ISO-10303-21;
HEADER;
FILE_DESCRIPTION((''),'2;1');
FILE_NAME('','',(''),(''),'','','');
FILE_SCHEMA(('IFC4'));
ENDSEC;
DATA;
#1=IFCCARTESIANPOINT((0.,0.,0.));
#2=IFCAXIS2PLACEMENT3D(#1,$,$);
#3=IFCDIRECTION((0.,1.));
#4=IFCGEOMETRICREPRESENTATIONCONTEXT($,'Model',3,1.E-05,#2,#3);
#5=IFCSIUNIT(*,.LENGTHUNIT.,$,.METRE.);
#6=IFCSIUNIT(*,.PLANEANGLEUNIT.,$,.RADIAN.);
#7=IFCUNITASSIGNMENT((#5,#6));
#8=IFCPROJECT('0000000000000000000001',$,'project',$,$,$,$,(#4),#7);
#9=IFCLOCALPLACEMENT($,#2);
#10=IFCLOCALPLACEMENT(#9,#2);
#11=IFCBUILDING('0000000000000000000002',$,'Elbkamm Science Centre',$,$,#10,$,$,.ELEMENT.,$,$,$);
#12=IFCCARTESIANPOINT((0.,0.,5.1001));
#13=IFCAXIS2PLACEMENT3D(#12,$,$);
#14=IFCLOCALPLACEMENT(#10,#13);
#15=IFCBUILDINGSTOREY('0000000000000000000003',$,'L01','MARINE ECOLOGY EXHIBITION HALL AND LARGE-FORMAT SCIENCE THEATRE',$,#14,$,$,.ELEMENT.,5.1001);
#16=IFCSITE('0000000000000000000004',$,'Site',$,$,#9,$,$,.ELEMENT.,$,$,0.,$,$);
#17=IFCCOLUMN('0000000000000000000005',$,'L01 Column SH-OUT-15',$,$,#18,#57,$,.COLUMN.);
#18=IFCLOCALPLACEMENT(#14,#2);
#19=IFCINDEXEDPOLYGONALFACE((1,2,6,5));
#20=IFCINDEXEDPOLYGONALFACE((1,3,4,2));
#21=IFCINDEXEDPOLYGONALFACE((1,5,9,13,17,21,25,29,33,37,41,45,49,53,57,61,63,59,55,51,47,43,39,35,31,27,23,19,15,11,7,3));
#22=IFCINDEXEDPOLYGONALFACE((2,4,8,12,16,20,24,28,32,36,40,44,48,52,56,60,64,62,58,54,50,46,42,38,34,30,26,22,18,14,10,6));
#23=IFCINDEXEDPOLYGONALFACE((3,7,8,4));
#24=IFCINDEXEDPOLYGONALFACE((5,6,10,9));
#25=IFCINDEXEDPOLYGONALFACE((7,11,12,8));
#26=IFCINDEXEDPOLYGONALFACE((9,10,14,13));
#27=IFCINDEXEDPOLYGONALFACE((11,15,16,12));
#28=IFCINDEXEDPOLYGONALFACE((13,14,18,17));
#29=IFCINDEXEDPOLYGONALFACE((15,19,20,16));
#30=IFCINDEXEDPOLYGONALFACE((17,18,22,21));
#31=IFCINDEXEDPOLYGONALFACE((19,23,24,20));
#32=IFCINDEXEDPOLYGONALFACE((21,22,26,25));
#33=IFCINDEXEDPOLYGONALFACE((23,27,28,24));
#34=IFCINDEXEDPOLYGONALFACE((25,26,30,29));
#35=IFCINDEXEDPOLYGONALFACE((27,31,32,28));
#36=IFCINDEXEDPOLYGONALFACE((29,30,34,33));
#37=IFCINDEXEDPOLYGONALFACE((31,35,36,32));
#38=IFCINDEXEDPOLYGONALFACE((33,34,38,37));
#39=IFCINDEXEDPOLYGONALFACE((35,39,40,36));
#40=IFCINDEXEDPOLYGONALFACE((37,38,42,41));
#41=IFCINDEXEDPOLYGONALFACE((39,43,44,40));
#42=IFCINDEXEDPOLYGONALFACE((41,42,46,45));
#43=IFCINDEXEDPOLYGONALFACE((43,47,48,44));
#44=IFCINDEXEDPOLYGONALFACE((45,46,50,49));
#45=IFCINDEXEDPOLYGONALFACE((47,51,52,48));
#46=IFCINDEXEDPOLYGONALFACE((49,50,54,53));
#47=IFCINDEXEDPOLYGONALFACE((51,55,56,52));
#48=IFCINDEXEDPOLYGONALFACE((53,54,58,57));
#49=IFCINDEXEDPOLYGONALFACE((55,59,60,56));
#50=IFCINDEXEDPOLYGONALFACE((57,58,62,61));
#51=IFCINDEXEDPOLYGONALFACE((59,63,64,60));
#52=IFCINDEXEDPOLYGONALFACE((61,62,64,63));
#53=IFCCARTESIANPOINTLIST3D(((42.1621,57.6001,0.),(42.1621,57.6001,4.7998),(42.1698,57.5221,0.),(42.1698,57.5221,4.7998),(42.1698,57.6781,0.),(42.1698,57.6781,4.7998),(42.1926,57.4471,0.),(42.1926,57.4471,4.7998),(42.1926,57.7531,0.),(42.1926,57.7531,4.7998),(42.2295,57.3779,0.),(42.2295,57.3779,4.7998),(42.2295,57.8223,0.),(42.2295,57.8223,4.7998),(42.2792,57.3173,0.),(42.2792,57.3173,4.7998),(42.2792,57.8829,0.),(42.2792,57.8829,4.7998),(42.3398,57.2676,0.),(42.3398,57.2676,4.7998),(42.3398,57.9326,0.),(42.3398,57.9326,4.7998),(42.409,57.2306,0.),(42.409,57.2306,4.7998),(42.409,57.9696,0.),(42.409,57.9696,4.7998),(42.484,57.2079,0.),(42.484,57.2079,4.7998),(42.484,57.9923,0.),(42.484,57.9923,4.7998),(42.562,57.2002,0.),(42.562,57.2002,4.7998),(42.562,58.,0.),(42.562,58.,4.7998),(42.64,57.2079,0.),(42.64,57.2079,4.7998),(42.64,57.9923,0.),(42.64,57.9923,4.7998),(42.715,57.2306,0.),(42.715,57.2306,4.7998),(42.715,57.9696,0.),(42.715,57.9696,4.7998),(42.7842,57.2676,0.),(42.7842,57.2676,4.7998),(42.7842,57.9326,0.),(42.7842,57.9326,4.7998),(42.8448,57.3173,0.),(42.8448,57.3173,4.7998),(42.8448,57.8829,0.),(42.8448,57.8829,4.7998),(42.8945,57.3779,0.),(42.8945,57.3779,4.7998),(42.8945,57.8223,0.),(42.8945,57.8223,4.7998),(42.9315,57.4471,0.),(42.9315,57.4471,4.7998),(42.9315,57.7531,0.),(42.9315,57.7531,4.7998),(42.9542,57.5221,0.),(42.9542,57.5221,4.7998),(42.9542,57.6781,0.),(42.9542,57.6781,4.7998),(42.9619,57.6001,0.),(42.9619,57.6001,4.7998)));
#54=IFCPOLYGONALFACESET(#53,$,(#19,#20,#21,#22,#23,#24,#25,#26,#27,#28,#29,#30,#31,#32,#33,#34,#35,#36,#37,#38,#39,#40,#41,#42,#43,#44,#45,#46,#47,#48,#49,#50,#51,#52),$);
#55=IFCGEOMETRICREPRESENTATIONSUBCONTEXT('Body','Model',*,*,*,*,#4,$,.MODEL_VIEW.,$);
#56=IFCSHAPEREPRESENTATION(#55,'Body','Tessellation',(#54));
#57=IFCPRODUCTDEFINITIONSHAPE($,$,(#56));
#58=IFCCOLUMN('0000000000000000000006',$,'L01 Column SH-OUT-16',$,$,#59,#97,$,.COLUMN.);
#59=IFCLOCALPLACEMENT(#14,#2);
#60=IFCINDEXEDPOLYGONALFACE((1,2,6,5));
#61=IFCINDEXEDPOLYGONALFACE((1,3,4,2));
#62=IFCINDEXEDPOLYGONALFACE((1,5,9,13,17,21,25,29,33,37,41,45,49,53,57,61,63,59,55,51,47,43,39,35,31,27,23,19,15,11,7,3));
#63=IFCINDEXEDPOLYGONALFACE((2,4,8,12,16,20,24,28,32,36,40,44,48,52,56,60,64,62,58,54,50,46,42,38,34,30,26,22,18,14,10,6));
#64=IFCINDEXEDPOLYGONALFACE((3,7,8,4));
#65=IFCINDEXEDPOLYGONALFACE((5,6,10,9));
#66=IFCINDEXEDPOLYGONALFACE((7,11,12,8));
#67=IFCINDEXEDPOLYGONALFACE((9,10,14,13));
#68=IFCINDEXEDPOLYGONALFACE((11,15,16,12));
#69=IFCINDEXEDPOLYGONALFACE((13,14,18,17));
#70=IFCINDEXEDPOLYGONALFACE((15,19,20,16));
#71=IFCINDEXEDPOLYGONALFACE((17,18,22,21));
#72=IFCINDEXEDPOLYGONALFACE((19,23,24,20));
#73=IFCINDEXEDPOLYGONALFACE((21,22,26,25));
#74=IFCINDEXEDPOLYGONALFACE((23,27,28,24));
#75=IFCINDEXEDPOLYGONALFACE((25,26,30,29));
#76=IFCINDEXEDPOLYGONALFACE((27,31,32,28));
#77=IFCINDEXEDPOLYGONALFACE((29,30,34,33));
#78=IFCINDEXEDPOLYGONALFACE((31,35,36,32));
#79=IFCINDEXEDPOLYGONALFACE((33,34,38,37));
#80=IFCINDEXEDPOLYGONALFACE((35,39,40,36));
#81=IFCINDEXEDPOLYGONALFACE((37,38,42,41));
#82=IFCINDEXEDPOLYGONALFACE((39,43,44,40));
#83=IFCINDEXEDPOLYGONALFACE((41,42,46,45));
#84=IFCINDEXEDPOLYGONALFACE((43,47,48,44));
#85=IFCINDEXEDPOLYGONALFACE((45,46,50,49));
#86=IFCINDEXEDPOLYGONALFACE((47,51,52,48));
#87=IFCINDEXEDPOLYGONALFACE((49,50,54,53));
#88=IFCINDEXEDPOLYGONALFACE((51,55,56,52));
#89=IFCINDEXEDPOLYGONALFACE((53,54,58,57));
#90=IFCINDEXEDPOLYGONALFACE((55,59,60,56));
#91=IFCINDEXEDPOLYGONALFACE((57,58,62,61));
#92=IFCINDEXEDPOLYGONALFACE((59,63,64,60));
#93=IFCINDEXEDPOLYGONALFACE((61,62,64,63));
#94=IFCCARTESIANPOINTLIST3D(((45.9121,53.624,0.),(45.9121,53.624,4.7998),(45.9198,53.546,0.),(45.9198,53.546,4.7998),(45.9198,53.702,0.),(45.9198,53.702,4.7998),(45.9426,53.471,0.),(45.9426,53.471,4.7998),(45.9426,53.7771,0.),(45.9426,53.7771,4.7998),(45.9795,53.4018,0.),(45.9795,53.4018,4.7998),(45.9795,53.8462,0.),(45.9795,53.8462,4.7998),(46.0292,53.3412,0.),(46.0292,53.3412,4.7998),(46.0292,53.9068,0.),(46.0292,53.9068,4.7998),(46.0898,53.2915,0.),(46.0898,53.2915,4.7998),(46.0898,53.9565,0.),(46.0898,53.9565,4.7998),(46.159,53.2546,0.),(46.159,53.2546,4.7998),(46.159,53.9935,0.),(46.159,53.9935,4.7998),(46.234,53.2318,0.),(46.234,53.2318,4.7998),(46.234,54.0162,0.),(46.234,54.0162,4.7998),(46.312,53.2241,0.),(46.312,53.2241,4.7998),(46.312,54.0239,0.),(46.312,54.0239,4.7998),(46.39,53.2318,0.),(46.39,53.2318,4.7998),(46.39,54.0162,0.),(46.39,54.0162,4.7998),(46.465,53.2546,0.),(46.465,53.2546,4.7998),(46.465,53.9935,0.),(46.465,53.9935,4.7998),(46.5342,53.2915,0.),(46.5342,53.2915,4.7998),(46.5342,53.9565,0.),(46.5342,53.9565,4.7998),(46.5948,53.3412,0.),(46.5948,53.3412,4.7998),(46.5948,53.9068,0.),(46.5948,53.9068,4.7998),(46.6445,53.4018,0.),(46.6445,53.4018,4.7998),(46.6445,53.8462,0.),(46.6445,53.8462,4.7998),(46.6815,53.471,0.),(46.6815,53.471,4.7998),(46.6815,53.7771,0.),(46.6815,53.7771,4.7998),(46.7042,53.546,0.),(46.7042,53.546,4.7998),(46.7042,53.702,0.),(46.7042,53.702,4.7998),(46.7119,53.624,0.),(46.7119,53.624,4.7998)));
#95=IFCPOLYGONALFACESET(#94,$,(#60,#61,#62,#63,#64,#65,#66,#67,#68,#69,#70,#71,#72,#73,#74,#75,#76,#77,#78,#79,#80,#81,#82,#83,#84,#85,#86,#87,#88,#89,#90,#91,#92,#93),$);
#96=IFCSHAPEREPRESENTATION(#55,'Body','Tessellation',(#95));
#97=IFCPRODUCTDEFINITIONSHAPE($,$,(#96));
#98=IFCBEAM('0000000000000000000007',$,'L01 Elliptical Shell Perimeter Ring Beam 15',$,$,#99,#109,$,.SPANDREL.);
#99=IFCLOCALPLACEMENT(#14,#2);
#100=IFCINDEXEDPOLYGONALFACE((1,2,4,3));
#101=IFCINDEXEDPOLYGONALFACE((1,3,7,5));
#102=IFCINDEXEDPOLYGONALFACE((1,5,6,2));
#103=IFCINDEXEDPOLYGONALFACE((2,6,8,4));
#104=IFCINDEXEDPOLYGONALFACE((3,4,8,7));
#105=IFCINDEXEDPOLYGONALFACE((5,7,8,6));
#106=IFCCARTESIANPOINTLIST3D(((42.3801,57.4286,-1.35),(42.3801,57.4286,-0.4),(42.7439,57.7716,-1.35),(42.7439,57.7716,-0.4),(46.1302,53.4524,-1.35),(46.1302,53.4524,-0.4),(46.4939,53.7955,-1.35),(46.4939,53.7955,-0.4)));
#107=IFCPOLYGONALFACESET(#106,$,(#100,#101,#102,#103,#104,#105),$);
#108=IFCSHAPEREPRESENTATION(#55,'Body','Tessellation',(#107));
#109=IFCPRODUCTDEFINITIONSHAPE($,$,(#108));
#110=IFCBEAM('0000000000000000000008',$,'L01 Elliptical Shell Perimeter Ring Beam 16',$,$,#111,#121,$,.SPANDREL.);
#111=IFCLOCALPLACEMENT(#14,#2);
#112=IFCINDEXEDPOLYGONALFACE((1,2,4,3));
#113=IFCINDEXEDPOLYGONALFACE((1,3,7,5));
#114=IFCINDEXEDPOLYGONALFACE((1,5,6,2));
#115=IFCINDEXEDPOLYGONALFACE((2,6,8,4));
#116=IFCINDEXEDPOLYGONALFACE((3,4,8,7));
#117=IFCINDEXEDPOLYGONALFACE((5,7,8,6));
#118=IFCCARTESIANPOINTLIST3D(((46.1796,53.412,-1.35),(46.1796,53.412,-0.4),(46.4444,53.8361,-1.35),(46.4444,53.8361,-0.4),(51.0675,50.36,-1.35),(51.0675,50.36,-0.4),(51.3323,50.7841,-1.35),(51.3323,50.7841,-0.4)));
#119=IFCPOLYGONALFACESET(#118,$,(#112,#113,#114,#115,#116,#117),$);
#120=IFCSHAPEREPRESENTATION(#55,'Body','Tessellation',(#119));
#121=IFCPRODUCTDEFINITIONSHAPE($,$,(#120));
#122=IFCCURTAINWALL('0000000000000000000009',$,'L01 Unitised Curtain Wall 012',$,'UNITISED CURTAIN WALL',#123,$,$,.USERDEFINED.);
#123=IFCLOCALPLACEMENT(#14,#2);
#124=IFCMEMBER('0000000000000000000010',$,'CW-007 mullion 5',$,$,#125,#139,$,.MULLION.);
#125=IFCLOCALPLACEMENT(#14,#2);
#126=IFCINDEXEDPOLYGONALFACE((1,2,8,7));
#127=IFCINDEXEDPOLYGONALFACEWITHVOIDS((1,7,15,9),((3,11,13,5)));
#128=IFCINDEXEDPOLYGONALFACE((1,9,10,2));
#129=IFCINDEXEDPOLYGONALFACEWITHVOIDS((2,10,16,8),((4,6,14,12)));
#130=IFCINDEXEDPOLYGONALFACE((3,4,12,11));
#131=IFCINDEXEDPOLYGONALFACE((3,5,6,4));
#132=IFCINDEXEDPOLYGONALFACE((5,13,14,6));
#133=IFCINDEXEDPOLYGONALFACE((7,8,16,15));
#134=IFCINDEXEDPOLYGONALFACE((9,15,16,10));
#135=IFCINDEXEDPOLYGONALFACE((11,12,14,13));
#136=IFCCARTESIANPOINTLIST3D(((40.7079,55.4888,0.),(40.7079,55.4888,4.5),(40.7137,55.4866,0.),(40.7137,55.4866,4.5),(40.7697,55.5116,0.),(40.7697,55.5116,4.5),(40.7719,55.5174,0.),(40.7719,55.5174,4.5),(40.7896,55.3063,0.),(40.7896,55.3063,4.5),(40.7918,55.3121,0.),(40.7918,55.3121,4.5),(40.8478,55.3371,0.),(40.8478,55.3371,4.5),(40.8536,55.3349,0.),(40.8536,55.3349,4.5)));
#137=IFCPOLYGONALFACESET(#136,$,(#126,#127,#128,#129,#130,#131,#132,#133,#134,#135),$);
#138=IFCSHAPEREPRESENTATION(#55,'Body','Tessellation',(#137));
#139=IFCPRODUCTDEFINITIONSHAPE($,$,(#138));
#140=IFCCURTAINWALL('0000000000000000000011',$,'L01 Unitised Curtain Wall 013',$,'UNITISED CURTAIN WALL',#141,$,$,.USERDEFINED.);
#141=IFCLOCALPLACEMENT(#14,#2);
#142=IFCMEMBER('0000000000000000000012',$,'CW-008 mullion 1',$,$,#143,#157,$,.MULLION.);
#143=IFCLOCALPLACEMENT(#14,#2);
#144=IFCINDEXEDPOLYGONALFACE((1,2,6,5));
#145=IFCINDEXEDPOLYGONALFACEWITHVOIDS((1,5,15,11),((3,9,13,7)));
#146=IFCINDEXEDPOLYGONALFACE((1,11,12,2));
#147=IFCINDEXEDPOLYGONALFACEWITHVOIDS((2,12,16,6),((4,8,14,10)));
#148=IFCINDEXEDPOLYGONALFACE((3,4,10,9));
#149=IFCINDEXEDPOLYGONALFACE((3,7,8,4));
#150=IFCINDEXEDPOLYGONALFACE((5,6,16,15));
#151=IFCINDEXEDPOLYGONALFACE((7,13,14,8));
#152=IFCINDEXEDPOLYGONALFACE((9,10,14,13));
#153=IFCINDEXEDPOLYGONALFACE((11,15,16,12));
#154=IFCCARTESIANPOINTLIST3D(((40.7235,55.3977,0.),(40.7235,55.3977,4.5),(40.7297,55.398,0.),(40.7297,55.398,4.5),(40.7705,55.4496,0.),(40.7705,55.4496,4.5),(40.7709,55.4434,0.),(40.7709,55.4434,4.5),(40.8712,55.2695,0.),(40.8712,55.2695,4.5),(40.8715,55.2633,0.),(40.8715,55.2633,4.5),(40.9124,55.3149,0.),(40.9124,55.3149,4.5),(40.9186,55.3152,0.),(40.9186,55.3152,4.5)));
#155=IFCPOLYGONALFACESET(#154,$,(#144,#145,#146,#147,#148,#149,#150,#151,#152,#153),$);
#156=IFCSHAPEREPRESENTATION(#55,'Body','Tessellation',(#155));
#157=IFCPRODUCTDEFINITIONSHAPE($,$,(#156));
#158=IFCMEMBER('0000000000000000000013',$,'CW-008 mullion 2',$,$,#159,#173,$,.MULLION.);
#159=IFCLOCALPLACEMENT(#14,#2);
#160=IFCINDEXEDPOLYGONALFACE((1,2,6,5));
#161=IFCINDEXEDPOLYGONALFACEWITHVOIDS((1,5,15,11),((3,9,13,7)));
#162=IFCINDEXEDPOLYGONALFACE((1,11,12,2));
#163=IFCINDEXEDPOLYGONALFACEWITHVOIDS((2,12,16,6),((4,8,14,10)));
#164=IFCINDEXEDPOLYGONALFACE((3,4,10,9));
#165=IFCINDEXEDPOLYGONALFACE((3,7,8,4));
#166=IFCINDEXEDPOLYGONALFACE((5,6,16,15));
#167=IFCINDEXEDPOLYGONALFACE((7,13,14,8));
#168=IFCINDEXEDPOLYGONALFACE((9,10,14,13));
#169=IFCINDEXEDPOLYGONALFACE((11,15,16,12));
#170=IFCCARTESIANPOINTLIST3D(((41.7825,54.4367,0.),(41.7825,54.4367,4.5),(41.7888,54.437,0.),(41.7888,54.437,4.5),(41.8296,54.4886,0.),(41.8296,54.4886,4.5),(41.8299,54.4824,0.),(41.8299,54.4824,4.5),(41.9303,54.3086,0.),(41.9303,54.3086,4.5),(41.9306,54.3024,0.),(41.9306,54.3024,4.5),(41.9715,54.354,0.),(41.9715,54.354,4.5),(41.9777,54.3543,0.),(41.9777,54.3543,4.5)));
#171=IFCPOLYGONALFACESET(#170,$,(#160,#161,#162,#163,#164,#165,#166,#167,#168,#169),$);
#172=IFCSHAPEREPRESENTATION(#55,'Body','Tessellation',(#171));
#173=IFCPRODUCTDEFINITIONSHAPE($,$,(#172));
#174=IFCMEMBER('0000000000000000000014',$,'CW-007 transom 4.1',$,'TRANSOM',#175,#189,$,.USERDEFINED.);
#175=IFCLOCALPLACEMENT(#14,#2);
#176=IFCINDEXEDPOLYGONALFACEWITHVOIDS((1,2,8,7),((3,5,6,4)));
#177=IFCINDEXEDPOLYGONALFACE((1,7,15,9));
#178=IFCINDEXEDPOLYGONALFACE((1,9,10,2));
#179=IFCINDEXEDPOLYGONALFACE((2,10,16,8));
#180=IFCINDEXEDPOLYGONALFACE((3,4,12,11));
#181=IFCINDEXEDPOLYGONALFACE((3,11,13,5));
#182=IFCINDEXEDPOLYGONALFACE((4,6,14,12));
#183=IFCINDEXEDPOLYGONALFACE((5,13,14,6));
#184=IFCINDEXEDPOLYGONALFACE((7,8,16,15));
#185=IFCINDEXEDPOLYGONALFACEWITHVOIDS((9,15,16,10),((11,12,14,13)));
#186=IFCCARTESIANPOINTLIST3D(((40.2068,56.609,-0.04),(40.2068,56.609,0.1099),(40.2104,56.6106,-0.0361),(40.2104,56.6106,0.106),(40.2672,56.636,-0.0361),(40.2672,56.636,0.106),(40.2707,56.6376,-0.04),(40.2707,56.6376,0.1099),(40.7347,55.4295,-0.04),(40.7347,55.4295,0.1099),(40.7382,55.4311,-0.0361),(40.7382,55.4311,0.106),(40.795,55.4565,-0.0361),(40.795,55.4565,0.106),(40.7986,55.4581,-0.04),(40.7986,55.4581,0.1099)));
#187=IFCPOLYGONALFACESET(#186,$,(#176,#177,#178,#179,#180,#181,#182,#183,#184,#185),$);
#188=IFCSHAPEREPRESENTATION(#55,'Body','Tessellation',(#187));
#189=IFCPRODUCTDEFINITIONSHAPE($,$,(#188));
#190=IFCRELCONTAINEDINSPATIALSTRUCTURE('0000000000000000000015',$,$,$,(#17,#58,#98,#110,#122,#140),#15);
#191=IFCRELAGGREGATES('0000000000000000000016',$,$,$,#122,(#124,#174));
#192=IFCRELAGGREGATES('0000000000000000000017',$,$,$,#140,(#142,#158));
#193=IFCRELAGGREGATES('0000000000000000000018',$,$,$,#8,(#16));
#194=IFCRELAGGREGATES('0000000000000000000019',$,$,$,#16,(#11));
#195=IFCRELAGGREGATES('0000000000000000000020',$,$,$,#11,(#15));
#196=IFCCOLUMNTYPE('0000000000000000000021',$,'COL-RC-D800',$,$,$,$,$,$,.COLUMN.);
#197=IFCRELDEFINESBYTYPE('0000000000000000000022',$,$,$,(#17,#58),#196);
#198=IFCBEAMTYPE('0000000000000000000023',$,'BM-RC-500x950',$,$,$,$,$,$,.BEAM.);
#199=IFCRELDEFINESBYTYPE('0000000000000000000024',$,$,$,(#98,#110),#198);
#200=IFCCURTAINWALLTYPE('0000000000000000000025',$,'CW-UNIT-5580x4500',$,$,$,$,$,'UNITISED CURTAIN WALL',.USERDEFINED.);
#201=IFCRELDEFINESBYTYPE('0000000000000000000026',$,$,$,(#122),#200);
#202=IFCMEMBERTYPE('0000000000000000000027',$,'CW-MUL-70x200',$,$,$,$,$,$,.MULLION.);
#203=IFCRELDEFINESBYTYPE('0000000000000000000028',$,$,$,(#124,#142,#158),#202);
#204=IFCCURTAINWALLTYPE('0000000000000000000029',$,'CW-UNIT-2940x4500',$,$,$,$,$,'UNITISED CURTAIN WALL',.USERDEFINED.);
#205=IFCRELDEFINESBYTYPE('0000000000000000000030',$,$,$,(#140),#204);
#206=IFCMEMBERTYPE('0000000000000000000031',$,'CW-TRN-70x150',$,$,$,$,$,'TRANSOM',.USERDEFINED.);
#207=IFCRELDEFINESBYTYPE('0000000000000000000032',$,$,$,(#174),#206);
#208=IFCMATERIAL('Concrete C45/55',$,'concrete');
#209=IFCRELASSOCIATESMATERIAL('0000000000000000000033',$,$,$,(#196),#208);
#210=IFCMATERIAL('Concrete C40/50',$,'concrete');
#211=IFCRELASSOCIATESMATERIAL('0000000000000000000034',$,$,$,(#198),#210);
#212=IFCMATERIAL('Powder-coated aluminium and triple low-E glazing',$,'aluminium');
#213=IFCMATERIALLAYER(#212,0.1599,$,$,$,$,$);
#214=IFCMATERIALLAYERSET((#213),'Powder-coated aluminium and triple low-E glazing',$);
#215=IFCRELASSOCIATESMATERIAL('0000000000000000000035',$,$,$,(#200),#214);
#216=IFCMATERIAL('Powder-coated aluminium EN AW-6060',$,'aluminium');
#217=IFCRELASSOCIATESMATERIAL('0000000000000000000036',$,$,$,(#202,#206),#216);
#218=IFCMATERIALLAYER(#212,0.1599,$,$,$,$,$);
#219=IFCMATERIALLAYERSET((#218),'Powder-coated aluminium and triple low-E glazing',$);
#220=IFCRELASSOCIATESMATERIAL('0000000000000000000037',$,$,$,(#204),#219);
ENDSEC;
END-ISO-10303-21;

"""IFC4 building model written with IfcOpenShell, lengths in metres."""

from ifc_helpers import new_model, si_unit, direction, frame, origin, origin_2d, place, context, subcontext, project, spatial, rectangle, hollow_rectangle, circle, extrude, material, layer, layer_set, material_profile, profile_set, type_object, element, aggregate, save


model = new_model("IFC4")

# Units and contexts
model_context = context("Model", 3, precision=1e-05, world=origin(), true_north=direction((0.0, 1.0)))
body_context = subcontext(model_context, "Body", "Model", "MODEL_VIEW")
ifc_project = project(units=[si_unit("LENGTHUNIT", "METRE"), si_unit("PLANEANGLEUNIT", "RADIAN")], contexts=[model_context])

# Site, building, storey
site_placement = place(None, origin())
site = spatial("IfcSite", under=ifc_project, at=site_placement, Name="Site", CompositionType="ELEMENT", RefElevation=0.0)
building_placement = place(site_placement, origin())
building = spatial("IfcBuilding", under=site, at=building_placement, Name="Elbkamm Science Centre", CompositionType="ELEMENT")
storey_placement = place(building_placement, frame((0.0, 0.0, 5.1001)))
storey = spatial("IfcBuildingStorey", under=building, at=storey_placement, Name="L01", Description="MARINE ECOLOGY EXHIBITION HALL AND LARGE-FORMAT SCIENCE THEATRE", CompositionType="ELEMENT", Elevation=5.1001)

# Columns
ifc_material_1 = material(Name="Concrete C45/55", Category="concrete")
ifc_material_profile_1 = material_profile(ifc_material_1, circle(Radius=0.3999, at=origin_2d()), Name="RC D800")
ifc_profile_set_1 = profile_set([ifc_material_profile_1], Name="Concrete C45/55")
column_type = type_object("IfcColumnType", Name="COL-RC-D800", PredefinedType="COLUMN", material=ifc_profile_set_1)
for number, where, z_axis, x_axis, name in (
    (1, (42.562, 57.6001, 0.0), (0.0, 0.0, 1.0), (1.0, 0.0, 0.0), "L01 Column SH-OUT-15"),
    (2, (46.312, 53.624, 0.0), (0.0, 0.0, 1.0), (1.0, 0.0, 0.0), "L01 Column SH-OUT-16"),
):
    element("IfcColumn", number, at=place(storey_placement, frame(where, z_axis=z_axis, x_axis=x_axis)), inside=storey, type_object=column_type, Name=name, PredefinedType="COLUMN", context=body_context, shape_type="SweptSolid", body=[
        extrude(circle(Radius=0.3999, at=origin_2d()), origin(), (0.0, 0.0, 1.0), 4.7998),
    ])

# Beams
ifc_material_2 = material(Name="Concrete C40/50", Category="concrete")
ifc_material_profile_2 = material_profile(ifc_material_2, rectangle(XDim=0.5, YDim=0.95, at=origin_2d()), Name="RC 500x950")
ifc_profile_set_2 = profile_set([ifc_material_profile_2], Name="Concrete C40/50")
beam_type = type_object("IfcBeamType", Name="BM-RC-500x950", PredefinedType="BEAM", material=ifc_profile_set_2)
beam_1_placement = place(storey_placement, frame((42.562, 57.6001, -0.875), z_axis=(0.686122, -0.727486, 0.0), x_axis=(0.727486, 0.686122, 0.0)))
element("IfcBeam", 3, at=beam_1_placement, inside=storey, type_object=beam_type, Name="L01 Elliptical Shell Perimeter Ring Beam 15", PredefinedType="SPANDREL", context=body_context, shape_type="SweptSolid", body=[
    extrude(rectangle(XDim=0.5, YDim=0.95, at=origin_2d()), origin(), (0.0, 0.0, 1.0), 5.4656),
])
beam_2_placement = place(storey_placement, frame((46.312, 53.624, -0.875), z_axis=(0.848229, -0.529629, 0.0), x_axis=(0.529629, 0.848229, 0.0)))
element("IfcBeam", 4, at=beam_2_placement, inside=storey, type_object=beam_type, Name="L01 Elliptical Shell Perimeter Ring Beam 16", PredefinedType="SPANDREL", context=body_context, shape_type="SweptSolid", body=[
    extrude(rectangle(XDim=0.5, YDim=0.95, at=origin_2d()), origin(), (0.0, 0.0, 1.0), 5.7625),
])

# Curtain wall, member
ifc_material_3 = material(Name="Powder-coated aluminium and triple low-E glazing", Category="aluminium")
ifc_layer_1 = layer(ifc_material_3, 0.1599)
ifc_layer_set_1 = layer_set([ifc_layer_1], Name="Powder-coated aluminium and triple low-E glazing")
curtain_wall_type_1 = type_object("IfcCurtainWallType", Name="CW-UNIT-5580x4500", ElementType="UNITISED CURTAIN WALL", PredefinedType="USERDEFINED", material=ifc_layer_set_1)
curtain_wall_1_placement = place(storey_placement, origin())
curtain_wall_1 = element("IfcCurtainWall", 5, at=curtain_wall_1_placement, inside=storey, type_object=curtain_wall_type_1, Name="L01 Unitised Curtain Wall 012", ObjectType="UNITISED CURTAIN WALL", PredefinedType="USERDEFINED")
ifc_material_4 = material(Name="Powder-coated aluminium EN AW-6060", Category="aluminium")
ifc_material_profile_3 = material_profile(ifc_material_4, hollow_rectangle(XDim=0.0701, YDim=0.2, WallThickness=0.0044, at=origin_2d()), Name="ALU M70x200")
ifc_profile_set_3 = profile_set([ifc_material_profile_3], Name="Powder-coated aluminium EN AW-6060")
member_type_1 = type_object("IfcMemberType", Name="CW-MUL-70x200", PredefinedType="MULLION", material=ifc_profile_set_3)
member_1_placement = place(storey_placement, frame((40.7808, 55.4119, 0.0), z_axis=(0.0, 0.0, 1.0), x_axis=(0.912754, 0.40851, 0.0)))
member_1 = element("IfcMember", 6, at=member_1_placement, type_object=member_type_1, Name="CW-007 mullion 5", PredefinedType="MULLION", context=body_context, shape_type="SweptSolid", body=[
    extrude(hollow_rectangle(XDim=0.0701, YDim=0.2, WallThickness=0.0044, at=origin_2d()), origin(), (0.0, 0.0, 1.0), 4.5),
])

# Curtain wall, members
ifc_layer_2 = layer(ifc_material_3, 0.1599)
ifc_layer_set_2 = layer_set([ifc_layer_2], Name="Powder-coated aluminium and triple low-E glazing")
curtain_wall_type_2 = type_object("IfcCurtainWallType", Name="CW-UNIT-2940x4500", ElementType="UNITISED CURTAIN WALL", PredefinedType="USERDEFINED", material=ifc_layer_set_2)
curtain_wall_2_placement = place(storey_placement, origin())
curtain_wall_2 = element("IfcCurtainWall", 7, at=curtain_wall_2_placement, inside=storey, type_object=curtain_wall_type_2, Name="L01 Unitised Curtain Wall 013", ObjectType="UNITISED CURTAIN WALL", PredefinedType="USERDEFINED")
member_2_placement = place(storey_placement, frame((40.821, 55.3564, 0.0), z_axis=(0.0, 0.0, 1.0), x_axis=(0.671993, 0.740557, 0.0)))
member_2 = element("IfcMember", 8, at=member_2_placement, type_object=member_type_1, Name="CW-008 mullion 1", PredefinedType="MULLION", context=body_context, shape_type="SweptSolid", body=[
    extrude(hollow_rectangle(XDim=0.0701, YDim=0.2, WallThickness=0.0044, at=origin_2d()), origin(), (0.0, 0.0, 1.0), 4.5),
])
member_3_placement = place(storey_placement, frame((41.8801, 54.3955, 0.0), z_axis=(0.0, 0.0, 1.0), x_axis=(0.671993, 0.740557, 0.0)))
member_3 = element("IfcMember", 9, at=member_3_placement, type_object=member_type_1, Name="CW-008 mullion 2", PredefinedType="MULLION", context=body_context, shape_type="SweptSolid", body=[
    extrude(hollow_rectangle(XDim=0.0701, YDim=0.2, WallThickness=0.0044, at=origin_2d()), origin(), (0.0, 0.0, 1.0), 4.5),
])

# Member
ifc_material_profile_4 = material_profile(ifc_material_4, hollow_rectangle(XDim=0.0701, YDim=0.1499, WallThickness=0.0039, at=origin_2d()), Name="ALU T70x150")
ifc_profile_set_4 = profile_set([ifc_material_profile_4], Name="Powder-coated aluminium EN AW-6060")
member_type_2 = type_object("IfcMemberType", Name="CW-TRN-70x150", ElementType="TRANSOM", PredefinedType="USERDEFINED", material=ifc_profile_set_4)
member_4_placement = place(storey_placement, frame((40.2388, 56.6233, 0.0349), z_axis=(0.408486, -0.912764, 0.0), x_axis=(0.912764, 0.408486, 0.0)))
member_4 = element("IfcMember", 10, at=member_4_placement, type_object=member_type_2, Name="CW-007 transom 4.1", ObjectType="TRANSOM", PredefinedType="USERDEFINED", context=body_context, shape_type="SweptSolid", body=[
    extrude(hollow_rectangle(XDim=0.0701, YDim=0.1499, WallThickness=0.0039, at=origin_2d()), origin(), (0.0, 0.0, 1.0), 1.2922),
])

aggregate(curtain_wall_1, [member_1, member_4])
aggregate(curtain_wall_2, [member_2, member_3])

save(model, "model.ifc")
